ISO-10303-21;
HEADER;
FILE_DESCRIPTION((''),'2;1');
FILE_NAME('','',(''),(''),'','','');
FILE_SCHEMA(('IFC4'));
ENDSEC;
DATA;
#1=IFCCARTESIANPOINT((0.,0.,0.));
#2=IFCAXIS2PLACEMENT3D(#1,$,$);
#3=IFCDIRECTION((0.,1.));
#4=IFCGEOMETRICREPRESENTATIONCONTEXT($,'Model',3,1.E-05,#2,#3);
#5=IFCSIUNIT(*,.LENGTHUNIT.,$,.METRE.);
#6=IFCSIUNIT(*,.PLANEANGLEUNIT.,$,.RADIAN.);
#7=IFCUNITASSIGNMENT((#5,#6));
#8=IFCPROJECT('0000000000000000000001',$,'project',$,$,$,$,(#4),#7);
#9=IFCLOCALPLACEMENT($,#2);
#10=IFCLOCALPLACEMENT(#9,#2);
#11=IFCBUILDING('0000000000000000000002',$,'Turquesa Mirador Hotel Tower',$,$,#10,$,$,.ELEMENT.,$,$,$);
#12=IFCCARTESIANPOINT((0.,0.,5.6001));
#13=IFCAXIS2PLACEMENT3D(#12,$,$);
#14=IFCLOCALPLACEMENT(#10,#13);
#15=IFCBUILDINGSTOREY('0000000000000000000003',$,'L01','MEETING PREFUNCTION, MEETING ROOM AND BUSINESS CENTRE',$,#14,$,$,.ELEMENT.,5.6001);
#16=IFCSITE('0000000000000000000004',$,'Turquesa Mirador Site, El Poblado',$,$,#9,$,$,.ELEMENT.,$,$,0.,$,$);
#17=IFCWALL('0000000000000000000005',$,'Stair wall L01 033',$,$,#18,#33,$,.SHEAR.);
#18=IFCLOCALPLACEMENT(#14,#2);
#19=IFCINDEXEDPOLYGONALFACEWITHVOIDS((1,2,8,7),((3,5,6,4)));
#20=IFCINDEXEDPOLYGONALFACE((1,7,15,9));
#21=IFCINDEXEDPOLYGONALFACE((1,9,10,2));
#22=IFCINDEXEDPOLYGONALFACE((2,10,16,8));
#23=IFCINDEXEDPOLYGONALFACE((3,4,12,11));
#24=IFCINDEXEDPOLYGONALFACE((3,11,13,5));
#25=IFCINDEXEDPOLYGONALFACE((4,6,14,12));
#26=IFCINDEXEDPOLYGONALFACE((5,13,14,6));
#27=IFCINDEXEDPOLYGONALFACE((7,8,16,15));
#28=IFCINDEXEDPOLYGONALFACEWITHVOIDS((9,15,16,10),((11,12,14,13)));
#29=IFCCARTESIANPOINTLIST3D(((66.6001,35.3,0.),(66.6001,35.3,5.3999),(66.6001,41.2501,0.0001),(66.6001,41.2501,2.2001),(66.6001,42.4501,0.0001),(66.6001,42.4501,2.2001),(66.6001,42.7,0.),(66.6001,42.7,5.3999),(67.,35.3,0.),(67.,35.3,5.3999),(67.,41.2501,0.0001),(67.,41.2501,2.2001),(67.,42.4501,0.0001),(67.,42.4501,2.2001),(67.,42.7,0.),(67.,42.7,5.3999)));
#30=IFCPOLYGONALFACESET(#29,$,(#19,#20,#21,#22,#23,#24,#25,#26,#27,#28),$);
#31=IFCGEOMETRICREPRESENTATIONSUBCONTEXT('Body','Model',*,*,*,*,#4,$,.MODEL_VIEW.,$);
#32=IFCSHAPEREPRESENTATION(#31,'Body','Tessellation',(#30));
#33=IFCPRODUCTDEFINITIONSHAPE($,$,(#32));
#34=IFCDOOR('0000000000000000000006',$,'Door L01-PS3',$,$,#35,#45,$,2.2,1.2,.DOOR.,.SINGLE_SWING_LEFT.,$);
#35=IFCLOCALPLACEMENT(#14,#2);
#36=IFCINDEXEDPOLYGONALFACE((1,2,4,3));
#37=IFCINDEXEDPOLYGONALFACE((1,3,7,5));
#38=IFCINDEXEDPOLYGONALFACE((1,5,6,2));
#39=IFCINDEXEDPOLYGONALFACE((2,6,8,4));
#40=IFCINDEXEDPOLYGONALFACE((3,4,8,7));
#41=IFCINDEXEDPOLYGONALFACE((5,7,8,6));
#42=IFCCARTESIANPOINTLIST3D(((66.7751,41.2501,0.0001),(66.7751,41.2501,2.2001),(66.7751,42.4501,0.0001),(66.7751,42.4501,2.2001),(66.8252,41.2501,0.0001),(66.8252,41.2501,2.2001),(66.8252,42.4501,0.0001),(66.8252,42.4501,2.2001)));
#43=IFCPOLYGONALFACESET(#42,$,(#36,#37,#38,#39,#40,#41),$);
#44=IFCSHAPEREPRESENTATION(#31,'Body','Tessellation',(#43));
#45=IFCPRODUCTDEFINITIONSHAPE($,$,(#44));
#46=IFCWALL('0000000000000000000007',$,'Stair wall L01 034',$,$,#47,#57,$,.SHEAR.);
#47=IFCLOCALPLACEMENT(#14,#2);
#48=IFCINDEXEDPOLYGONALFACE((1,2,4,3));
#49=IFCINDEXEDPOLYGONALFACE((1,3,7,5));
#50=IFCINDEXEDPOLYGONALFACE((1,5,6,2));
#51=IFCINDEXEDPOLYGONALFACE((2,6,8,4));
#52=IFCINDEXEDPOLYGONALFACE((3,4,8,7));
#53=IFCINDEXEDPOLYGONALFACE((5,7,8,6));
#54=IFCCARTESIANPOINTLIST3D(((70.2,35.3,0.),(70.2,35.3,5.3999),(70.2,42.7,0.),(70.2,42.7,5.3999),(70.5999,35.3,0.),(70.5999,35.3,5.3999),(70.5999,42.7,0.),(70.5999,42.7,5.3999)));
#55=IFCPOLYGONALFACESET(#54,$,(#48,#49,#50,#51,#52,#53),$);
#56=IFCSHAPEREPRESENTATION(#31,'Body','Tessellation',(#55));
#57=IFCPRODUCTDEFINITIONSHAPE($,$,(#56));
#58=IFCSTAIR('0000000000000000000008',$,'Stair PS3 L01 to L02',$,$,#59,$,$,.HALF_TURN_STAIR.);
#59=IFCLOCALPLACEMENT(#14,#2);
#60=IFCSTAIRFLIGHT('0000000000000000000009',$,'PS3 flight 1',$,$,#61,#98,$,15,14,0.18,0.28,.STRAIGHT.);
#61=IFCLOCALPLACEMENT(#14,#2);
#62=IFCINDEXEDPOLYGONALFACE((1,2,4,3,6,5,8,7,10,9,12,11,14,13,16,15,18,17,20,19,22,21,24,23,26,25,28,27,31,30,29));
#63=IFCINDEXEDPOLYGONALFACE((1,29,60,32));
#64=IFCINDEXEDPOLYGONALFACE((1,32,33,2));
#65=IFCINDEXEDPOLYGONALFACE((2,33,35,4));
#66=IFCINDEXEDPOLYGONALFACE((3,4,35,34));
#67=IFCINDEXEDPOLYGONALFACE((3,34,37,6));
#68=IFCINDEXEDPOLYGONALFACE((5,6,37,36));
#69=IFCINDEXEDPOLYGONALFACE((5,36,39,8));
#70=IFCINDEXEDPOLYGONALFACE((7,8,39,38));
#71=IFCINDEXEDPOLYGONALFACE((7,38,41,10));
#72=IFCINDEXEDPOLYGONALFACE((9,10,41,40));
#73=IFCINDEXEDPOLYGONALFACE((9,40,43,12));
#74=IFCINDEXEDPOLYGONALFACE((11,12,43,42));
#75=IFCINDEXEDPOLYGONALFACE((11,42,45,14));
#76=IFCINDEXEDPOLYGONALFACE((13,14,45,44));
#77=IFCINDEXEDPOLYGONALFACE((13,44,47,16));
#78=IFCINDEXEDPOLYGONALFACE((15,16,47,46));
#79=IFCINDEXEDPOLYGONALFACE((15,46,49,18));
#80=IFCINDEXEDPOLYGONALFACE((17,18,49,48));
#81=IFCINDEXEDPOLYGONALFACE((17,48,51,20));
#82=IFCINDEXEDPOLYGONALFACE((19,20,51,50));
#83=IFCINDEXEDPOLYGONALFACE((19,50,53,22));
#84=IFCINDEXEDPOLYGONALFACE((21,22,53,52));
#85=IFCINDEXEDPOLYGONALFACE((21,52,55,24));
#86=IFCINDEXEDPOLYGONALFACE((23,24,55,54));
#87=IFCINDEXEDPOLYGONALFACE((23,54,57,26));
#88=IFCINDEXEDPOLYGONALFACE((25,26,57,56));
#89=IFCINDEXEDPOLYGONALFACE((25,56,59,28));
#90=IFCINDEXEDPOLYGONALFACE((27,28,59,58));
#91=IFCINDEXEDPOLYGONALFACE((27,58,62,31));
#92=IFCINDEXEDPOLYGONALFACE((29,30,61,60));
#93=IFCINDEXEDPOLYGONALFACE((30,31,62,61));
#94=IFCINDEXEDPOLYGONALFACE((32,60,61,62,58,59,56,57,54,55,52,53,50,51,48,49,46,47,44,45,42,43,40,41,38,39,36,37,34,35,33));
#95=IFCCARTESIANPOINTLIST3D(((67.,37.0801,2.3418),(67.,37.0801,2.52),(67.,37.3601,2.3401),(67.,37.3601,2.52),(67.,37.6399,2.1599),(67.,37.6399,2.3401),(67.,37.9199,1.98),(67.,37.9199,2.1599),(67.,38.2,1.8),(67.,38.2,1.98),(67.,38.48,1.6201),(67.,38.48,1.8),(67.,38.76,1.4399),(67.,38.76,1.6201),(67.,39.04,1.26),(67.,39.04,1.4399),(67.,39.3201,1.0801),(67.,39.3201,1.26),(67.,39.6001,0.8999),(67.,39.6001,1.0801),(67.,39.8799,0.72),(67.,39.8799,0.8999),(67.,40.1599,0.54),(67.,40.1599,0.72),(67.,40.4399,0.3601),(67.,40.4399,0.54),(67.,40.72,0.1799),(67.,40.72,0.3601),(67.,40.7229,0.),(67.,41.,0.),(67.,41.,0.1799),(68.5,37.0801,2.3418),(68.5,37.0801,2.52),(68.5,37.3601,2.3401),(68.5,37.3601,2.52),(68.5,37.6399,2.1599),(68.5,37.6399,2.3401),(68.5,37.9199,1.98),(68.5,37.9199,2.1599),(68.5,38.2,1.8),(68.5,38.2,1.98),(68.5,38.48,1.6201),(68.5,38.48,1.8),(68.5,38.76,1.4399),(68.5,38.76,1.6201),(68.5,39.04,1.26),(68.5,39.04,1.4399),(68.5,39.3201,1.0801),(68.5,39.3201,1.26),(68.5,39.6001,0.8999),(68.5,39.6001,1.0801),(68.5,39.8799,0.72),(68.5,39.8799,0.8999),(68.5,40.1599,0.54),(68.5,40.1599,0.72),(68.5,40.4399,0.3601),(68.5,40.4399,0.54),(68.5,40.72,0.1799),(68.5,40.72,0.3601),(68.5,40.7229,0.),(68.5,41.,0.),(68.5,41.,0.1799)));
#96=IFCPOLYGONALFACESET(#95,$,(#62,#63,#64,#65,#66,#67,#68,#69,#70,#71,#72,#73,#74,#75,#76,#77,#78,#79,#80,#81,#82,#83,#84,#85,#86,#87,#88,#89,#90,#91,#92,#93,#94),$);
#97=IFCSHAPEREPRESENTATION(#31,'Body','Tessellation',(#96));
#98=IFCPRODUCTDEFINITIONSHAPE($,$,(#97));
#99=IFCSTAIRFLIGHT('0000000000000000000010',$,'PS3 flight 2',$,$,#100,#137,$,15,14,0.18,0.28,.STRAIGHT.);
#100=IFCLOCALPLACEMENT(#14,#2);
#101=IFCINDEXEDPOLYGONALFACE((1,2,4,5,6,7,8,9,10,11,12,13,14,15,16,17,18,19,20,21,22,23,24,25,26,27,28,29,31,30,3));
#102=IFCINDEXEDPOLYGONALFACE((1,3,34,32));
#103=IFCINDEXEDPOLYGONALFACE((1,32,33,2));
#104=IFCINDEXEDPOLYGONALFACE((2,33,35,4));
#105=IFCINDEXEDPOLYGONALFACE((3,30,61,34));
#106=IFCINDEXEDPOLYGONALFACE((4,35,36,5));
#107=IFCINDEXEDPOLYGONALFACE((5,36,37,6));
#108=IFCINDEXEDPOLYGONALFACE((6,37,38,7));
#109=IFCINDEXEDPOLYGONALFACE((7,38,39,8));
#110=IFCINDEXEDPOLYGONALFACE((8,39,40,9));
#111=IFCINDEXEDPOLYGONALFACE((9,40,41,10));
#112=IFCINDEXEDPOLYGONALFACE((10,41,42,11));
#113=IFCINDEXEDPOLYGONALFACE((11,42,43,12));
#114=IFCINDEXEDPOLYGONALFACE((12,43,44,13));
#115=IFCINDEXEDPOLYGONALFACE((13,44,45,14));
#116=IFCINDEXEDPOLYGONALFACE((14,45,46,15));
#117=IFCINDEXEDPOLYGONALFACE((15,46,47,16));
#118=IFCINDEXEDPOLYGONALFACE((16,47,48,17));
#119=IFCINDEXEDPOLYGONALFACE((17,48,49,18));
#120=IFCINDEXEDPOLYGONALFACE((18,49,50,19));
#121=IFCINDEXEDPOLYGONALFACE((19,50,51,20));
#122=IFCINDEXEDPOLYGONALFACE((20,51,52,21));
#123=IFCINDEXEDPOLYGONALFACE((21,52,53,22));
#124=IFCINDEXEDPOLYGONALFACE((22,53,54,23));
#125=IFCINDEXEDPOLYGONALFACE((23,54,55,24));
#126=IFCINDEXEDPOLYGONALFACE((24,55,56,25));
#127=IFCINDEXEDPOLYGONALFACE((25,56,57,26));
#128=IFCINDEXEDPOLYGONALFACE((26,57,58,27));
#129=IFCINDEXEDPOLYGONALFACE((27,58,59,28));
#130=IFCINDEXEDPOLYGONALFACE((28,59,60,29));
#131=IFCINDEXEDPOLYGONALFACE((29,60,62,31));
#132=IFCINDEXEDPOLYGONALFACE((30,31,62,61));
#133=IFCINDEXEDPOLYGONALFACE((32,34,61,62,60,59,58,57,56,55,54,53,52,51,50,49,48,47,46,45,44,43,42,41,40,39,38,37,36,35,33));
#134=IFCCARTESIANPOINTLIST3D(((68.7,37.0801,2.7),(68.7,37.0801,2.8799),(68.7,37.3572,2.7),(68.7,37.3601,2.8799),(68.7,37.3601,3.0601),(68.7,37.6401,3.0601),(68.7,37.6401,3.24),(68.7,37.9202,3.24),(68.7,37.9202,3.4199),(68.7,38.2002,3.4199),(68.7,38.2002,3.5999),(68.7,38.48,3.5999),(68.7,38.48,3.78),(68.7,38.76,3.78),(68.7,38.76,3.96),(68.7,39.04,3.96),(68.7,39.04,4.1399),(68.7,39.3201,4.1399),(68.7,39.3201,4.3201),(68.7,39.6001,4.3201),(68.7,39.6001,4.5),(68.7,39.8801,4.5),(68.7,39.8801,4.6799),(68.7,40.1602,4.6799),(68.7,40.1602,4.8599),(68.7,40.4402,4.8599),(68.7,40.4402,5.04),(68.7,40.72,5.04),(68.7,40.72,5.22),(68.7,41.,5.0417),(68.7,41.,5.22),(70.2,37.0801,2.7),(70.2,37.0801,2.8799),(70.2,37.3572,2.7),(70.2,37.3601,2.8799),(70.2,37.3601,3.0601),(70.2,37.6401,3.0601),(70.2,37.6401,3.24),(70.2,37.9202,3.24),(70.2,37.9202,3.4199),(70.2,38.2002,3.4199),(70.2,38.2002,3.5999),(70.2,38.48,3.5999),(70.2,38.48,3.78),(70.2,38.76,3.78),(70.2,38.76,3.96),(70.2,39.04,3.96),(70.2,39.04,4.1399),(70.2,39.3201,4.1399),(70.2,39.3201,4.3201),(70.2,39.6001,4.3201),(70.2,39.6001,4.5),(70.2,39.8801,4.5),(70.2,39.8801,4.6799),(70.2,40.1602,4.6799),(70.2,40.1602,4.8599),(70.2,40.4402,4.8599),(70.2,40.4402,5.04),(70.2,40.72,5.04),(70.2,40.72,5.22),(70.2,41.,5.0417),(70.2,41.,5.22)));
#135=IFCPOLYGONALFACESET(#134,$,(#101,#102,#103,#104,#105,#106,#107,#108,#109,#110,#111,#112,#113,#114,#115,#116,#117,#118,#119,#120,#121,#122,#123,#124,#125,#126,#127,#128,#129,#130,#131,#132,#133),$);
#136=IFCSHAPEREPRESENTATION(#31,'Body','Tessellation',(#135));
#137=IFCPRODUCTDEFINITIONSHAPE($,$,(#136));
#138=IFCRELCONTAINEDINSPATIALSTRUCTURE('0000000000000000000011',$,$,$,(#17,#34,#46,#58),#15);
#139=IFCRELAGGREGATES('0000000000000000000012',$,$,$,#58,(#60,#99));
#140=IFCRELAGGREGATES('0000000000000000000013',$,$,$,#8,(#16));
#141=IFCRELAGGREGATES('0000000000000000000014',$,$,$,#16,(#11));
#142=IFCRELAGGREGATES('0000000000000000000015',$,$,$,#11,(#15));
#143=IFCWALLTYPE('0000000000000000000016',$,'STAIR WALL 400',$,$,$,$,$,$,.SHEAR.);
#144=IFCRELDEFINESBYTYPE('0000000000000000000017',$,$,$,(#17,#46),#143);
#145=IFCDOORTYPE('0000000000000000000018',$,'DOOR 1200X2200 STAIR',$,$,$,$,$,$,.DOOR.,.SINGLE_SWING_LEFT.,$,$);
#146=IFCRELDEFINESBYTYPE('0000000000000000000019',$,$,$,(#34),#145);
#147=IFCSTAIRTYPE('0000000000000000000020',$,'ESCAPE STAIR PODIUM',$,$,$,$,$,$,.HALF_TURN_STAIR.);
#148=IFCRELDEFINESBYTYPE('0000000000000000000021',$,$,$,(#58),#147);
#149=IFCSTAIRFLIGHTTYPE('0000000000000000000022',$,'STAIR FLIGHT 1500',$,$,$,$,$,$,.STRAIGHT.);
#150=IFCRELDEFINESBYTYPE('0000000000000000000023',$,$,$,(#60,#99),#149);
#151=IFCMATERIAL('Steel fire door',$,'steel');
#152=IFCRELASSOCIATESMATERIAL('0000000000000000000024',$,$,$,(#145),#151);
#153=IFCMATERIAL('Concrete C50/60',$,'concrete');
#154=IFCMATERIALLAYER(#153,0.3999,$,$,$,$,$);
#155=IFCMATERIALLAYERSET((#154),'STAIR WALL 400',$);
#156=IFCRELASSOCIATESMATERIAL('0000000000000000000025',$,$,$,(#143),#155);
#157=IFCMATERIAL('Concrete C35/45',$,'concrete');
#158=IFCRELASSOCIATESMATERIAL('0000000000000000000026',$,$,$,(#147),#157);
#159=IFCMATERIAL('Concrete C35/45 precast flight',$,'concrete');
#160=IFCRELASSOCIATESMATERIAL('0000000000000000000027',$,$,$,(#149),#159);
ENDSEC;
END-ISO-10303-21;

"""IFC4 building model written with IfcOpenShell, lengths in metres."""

from ifc_helpers import new_model, si_unit, direction, frame, frame_2d, origin, place, context, subcontext, project, spatial, polyline, rectangle, outline, extrude, material, layer, layer_set, type_object, element, fill, aggregate, save


model = new_model("IFC4")

# Units and contexts
model_context = context("Model", 3, precision=1e-05, world=origin(), true_north=direction((0.0, 1.0)))
body_context = subcontext(model_context, "Body", "Model", "MODEL_VIEW")
ifc_project = project(units=[si_unit("LENGTHUNIT", "METRE"), si_unit("PLANEANGLEUNIT", "RADIAN")], contexts=[model_context])

# Site, building, storey
site_placement = place(None, origin())
site = spatial("IfcSite", under=ifc_project, at=site_placement, Name="Turquesa Mirador Site, El Poblado", CompositionType="ELEMENT", RefElevation=0.0)
building_placement = place(site_placement, origin())
building = spatial("IfcBuilding", under=site, at=building_placement, Name="Turquesa Mirador Hotel Tower", CompositionType="ELEMENT")
storey_placement = place(building_placement, frame((0.0, 0.0, 5.6001)))
storey = spatial("IfcBuildingStorey", under=building, at=storey_placement, Name="L01", Description="MEETING PREFUNCTION, MEETING ROOM AND BUSINESS CENTRE", CompositionType="ELEMENT", Elevation=5.6001)

# Shared definitions
ifc_material_1 = material(Name="Steel fire door", Category="steel")
door_type_1 = type_object("IfcDoorType", Name="DOOR 1200X2200 STAIR", OperationType="SINGLE_SWING_LEFT", PredefinedType="DOOR", material=ifc_material_1)

# Shared definitions
ifc_material_2 = material(Name="Concrete C50/60", Category="concrete")
ifc_layer_1 = layer(ifc_material_2, 0.3999)
ifc_layer_set_1 = layer_set([ifc_layer_1], Name="STAIR WALL 400")
wall_type_1 = type_object("IfcWallType", Name="STAIR WALL 400", PredefinedType="SHEAR", material=ifc_layer_set_1)

# Wall, opening, door
wall_1_placement = place(storey_placement, frame((66.8, 35.3, 0.0), z_axis=(0.0, 0.0, 1.0), x_axis=(0.0, 1.0, 0.0)))
wall_1 = element("IfcWall", 1, at=wall_1_placement, inside=storey, type_object=wall_type_1, Name="Stair wall L01 033", PredefinedType="SHEAR", context=body_context, shape_type="SweptSolid", body=[
    extrude(rectangle(XDim=7.3999, YDim=0.3999, at=frame_2d((3.7, 0.0))), origin(), (0.0, 0.0, 1.0), 5.3999),
])
opening_1_placement = place(wall_1_placement, frame((5.95, 0.0, 0.0)))
opening_1 = element("IfcOpeningElement", 2, at=opening_1_placement, cuts=wall_1, PredefinedType="OPENING", context=body_context, shape_type="SweptSolid", body=[
    extrude(rectangle(XDim=1.2, YDim=2.2, at=frame_2d((0.6001, 1.1001))), frame((0.0, 0.21, 0.0), z_axis=(0.0, -1.0, 0.0), x_axis=(1.0, 0.0, 0.0)), (0.0, 0.0, 1.0), 0.4199),
])
door_1_placement = place(opening_1_placement, origin())
door_1 = element("IfcDoor", 3, at=door_1_placement, inside=storey, type_object=door_type_1, Name="Door L01-PS3", OperationType="SINGLE_SWING_LEFT", OverallHeight=2.2, OverallWidth=1.2, PredefinedType="DOOR", context=body_context, shape_type="SweptSolid", body=[
    extrude(rectangle(XDim=1.2, YDim=2.2, at=frame_2d((0.6001, 1.1001))), frame((0.0, 0.0249, 0.0), z_axis=(0.0, -1.0, 0.0), x_axis=(1.0, 0.0, 0.0)), (0.0, 0.0, 1.0), 0.05),
])
fill(opening_1, door_1)

# Wall
wall_2_placement = place(storey_placement, frame((70.3999, 35.3, 0.0), z_axis=(0.0, 0.0, 1.0), x_axis=(0.0, 1.0, 0.0)))
element("IfcWall", 4, at=wall_2_placement, inside=storey, type_object=wall_type_1, Name="Stair wall L01 034", PredefinedType="SHEAR", context=body_context, shape_type="SweptSolid", body=[
    extrude(rectangle(XDim=7.3999, YDim=0.3999, at=frame_2d((3.7, 0.0))), origin(), (0.0, 0.0, 1.0), 5.3999),
])

# Stair, stair flights
ifc_material_3 = material(Name="Concrete C35/45", Category="concrete")
stair_type = type_object("IfcStairType", Name="ESCAPE STAIR PODIUM", PredefinedType="HALF_TURN_STAIR", material=ifc_material_3)
stair_placement = place(storey_placement, origin())
stair = element("IfcStair", 5, at=stair_placement, inside=storey, type_object=stair_type, Name="Stair PS3 L01 to L02", PredefinedType="HALF_TURN_STAIR")
ifc_material_4 = material(Name="Concrete C35/45 precast flight", Category="concrete")
stair_flight_type = type_object("IfcStairFlightType", Name="STAIR FLIGHT 1500", PredefinedType="STRAIGHT", material=ifc_material_4)
stair_flight_1_placement = place(storey_placement, frame((67.75, 41.0, 0.0), z_axis=(0.0, 0.0, 1.0), x_axis=(0.0, -1.0, 0.0)))
stair_flight_1 = element("IfcStairFlight", 6, at=stair_flight_1_placement, type_object=stair_flight_type, Name="PS3 flight 1", NumberOfRisers=15, NumberOfTreads=14, PredefinedType="STRAIGHT", RiserHeight=0.18, TreadLength=0.28, context=body_context, shape_type="SweptSolid", body=[
    extrude(outline(polyline([(0.0, 0.0), (0.0, 0.1799), (0.28, 0.1799), (0.28, 0.3601), (0.5601, 0.3601), (0.5601, 0.54), (0.8401, 0.54), (0.8401, 0.72), (1.1201, 0.72), (1.1201, 0.8999), (1.3999, 0.8999), (1.3999, 1.0801), (1.6799, 1.0801), (1.6799, 1.26), (1.96, 1.26), (1.96, 1.4399), (2.24, 1.4399), (2.24, 1.6201), (2.52, 1.6201), (2.52, 1.8), (2.8, 1.8), (2.8, 1.98), (3.0801, 1.98), (3.0801, 2.1599), (3.3601, 2.1599), (3.3601, 2.3401), (3.6399, 2.3401), (3.6399, 2.52), (3.9199, 2.52), (3.9199, 2.7), (3.9199, 2.3418), (0.2771, 0.0), (0.0, 0.0)])), frame((0.0, 0.75, 0.0), z_axis=(0.0, -1.0, 0.0), x_axis=(1.0, 0.0, 0.0)), (0.0, 0.0, 1.0), 1.5),
])
stair_flight_2_placement = place(storey_placement, frame((69.45, 37.0801, 2.7), z_axis=(0.0, 0.0, 1.0), x_axis=(0.0, 1.0, 0.0)))
stair_flight_2 = element("IfcStairFlight", 7, at=stair_flight_2_placement, type_object=stair_flight_type, Name="PS3 flight 2", NumberOfRisers=15, NumberOfTreads=14, PredefinedType="STRAIGHT", RiserHeight=0.18, TreadLength=0.28, context=body_context, shape_type="SweptSolid", body=[
    extrude(outline(polyline([(0.0, 0.0), (0.0, 0.1799), (0.28, 0.1799), (0.28, 0.3601), (0.5601, 0.3601), (0.5601, 0.54), (0.8401, 0.54), (0.8401, 0.72), (1.1201, 0.72), (1.1201, 0.8999), (1.3999, 0.8999), (1.3999, 1.0801), (1.6799, 1.0801), (1.6799, 1.26), (1.96, 1.26), (1.96, 1.4399), (2.24, 1.4399), (2.24, 1.6201), (2.52, 1.6201), (2.52, 1.8), (2.8, 1.8), (2.8, 1.98), (3.0801, 1.98), (3.0801, 2.1599), (3.3601, 2.1599), (3.3601, 2.3401), (3.6399, 2.3401), (3.6399, 2.52), (3.9199, 2.52), (3.9199, 2.7), (3.9199, 2.3418), (0.2771, 0.0), (0.0, 0.0)])), frame((0.0, 0.75, 0.0), z_axis=(0.0, -1.0, 0.0), x_axis=(1.0, 0.0, 0.0)), (0.0, 0.0, 1.0), 1.5),
])
aggregate(stair, [stair_flight_1, stair_flight_2])

save(model, "model.ifc")
